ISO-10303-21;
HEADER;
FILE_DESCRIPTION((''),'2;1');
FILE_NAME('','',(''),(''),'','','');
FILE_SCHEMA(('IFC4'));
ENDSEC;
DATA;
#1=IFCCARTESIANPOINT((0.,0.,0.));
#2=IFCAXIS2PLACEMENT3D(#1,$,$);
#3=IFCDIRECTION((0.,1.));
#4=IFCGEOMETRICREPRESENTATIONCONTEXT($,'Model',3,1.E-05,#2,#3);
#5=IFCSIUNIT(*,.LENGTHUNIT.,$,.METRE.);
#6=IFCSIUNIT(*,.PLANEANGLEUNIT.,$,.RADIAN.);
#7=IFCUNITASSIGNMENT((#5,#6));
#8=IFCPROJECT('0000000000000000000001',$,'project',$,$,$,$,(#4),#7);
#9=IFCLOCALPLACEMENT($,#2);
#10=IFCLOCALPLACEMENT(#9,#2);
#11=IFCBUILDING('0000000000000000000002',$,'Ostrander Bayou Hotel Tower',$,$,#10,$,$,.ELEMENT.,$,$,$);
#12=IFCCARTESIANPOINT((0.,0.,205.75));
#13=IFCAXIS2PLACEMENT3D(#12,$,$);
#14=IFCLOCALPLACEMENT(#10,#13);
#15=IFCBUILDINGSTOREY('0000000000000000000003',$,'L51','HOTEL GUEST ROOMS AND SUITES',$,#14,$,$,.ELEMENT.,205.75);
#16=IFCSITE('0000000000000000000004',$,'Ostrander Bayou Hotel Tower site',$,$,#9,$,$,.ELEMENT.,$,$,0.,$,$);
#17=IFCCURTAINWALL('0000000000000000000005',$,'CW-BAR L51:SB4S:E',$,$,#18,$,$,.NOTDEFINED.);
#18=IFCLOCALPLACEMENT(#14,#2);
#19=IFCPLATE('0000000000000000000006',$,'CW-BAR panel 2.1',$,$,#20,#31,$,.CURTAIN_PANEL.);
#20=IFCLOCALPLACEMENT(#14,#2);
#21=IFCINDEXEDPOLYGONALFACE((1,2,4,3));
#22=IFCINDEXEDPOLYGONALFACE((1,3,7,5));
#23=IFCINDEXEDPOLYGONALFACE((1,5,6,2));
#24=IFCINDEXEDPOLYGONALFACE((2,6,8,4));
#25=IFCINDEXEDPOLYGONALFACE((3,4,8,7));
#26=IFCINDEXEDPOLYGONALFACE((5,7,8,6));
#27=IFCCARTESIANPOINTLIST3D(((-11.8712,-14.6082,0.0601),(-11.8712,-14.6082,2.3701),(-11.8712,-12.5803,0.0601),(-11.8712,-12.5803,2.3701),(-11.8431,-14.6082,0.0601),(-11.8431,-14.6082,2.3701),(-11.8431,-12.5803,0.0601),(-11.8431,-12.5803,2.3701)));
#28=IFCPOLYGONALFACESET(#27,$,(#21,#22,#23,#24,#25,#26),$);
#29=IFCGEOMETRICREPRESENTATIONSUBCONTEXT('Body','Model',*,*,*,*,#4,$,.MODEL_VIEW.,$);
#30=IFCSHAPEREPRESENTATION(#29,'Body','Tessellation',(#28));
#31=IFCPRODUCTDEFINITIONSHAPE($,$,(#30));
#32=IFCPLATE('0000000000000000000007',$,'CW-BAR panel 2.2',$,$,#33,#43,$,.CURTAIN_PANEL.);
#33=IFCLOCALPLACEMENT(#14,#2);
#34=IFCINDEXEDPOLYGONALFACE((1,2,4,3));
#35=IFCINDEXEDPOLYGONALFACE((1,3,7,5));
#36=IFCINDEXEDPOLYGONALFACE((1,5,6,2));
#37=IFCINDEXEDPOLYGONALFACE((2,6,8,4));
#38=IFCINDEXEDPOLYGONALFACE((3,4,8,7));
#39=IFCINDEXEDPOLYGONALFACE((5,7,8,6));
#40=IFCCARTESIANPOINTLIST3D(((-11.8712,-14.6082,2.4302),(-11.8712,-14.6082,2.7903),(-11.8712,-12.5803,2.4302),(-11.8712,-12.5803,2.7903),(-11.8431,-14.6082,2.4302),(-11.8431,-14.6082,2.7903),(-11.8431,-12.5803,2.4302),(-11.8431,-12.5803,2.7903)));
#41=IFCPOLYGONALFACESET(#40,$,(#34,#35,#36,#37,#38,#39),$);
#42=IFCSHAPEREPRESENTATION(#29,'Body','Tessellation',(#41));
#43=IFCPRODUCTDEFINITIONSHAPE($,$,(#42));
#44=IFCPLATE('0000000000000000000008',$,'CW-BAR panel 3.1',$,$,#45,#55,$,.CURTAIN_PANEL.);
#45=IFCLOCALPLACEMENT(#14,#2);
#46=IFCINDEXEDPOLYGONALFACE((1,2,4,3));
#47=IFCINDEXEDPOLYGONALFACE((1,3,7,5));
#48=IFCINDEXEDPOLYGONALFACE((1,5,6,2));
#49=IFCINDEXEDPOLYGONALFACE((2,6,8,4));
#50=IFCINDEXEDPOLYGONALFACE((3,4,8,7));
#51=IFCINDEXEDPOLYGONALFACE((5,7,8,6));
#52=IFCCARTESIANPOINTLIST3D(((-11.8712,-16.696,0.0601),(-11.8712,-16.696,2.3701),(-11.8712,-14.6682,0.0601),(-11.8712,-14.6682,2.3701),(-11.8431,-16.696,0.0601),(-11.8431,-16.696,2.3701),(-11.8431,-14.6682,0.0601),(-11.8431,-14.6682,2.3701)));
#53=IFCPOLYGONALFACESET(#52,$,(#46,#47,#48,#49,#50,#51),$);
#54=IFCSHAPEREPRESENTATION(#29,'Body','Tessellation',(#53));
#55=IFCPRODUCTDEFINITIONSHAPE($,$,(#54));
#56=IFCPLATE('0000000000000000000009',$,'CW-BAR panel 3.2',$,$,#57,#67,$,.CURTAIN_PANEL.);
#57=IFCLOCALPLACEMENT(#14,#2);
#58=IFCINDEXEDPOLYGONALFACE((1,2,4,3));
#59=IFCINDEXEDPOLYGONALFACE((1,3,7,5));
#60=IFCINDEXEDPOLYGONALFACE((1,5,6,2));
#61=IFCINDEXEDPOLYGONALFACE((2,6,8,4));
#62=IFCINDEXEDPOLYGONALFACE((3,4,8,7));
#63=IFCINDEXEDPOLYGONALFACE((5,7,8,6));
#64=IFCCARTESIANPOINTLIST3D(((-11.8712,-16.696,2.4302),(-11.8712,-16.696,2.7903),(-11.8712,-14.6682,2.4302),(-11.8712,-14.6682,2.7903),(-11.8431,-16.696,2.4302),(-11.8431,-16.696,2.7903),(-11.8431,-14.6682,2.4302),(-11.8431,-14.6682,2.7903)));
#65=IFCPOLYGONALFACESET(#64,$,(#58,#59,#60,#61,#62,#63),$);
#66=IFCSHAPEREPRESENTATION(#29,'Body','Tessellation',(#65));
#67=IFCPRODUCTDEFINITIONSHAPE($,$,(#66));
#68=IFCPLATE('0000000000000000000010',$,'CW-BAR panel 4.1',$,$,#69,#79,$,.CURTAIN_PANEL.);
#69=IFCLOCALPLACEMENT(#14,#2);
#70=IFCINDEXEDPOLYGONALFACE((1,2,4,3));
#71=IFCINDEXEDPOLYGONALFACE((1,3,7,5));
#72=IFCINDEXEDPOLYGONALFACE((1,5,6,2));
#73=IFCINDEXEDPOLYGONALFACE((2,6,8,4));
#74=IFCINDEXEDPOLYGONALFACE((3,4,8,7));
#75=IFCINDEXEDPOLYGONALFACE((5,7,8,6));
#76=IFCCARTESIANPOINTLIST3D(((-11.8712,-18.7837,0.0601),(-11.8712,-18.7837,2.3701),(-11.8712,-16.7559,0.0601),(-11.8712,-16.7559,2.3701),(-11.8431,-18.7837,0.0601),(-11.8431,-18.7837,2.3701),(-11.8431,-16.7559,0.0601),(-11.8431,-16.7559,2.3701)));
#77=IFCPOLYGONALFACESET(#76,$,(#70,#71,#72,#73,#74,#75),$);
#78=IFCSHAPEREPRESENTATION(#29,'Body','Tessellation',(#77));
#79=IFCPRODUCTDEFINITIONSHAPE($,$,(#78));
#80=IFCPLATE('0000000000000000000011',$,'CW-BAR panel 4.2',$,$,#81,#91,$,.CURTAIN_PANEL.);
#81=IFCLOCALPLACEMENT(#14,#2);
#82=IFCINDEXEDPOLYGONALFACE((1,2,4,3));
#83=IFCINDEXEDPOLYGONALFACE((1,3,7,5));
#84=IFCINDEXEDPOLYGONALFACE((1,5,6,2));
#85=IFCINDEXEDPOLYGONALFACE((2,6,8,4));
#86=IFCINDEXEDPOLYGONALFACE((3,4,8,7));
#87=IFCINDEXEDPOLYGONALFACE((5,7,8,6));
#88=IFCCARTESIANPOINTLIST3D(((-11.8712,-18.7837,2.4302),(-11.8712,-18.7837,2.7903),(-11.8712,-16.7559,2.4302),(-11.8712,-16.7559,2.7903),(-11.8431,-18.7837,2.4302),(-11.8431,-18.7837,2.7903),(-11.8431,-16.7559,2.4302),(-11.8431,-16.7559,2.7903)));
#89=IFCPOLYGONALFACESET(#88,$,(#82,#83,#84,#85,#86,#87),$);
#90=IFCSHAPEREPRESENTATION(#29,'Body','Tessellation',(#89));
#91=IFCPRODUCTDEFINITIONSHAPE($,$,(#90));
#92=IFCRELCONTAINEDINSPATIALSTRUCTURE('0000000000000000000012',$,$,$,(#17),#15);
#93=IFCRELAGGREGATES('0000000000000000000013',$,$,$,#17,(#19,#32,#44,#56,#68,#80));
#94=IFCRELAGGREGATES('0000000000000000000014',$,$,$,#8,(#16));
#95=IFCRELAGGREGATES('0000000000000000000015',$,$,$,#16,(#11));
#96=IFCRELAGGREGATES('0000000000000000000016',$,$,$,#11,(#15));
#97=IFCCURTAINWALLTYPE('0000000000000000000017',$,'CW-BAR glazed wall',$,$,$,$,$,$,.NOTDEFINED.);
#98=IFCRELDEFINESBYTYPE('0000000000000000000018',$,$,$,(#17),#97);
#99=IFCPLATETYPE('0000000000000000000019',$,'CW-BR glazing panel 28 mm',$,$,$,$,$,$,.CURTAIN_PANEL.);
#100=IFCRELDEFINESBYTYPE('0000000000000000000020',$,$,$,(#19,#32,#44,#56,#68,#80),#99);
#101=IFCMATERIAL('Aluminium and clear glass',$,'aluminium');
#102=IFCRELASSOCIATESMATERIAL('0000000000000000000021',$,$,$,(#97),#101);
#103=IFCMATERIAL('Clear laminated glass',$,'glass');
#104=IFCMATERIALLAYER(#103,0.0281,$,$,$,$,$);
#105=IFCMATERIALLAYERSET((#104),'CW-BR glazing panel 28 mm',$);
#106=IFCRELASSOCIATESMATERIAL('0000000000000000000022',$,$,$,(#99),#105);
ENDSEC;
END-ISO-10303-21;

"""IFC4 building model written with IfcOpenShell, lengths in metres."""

from ifc_helpers import new_model, si_unit, direction, frame, origin, origin_2d, place, context, subcontext, project, spatial, rectangle, extrude, material, layer, layer_set, type_object, element, aggregate, save


model = new_model("IFC4")

# Units and contexts
model_context = context("Model", 3, precision=1e-05, world=origin(), true_north=direction((0.0, 1.0)))
body_context = subcontext(model_context, "Body", "Model", "MODEL_VIEW")
ifc_project = project(units=[si_unit("LENGTHUNIT", "METRE"), si_unit("PLANEANGLEUNIT", "RADIAN")], contexts=[model_context])

# Site, building, storey
site_placement = place(None, origin())
site = spatial("IfcSite", under=ifc_project, at=site_placement, Name="Ostrander Bayou Hotel Tower site", CompositionType="ELEMENT", RefElevation=0.0)
building_placement = place(site_placement, origin())
building = spatial("IfcBuilding", under=site, at=building_placement, Name="Ostrander Bayou Hotel Tower", CompositionType="ELEMENT")
storey_placement = place(building_placement, frame((0.0, 0.0, 205.75)))
storey = spatial("IfcBuildingStorey", under=building, at=storey_placement, Name="L51", Description="HOTEL GUEST ROOMS AND SUITES", CompositionType="ELEMENT", Elevation=205.75)

# Curtain wall
ifc_material_1 = material(Name="Aluminium and clear glass", Category="aluminium")
curtain_wall_type = type_object("IfcCurtainWallType", Name="CW-BAR glazed wall", PredefinedType="NOTDEFINED", material=ifc_material_1)
curtain_wall_placement = place(storey_placement, origin())
curtain_wall = element("IfcCurtainWall", 1, at=curtain_wall_placement, inside=storey, type_object=curtain_wall_type, Name="CW-BAR L51:SB4S:E", PredefinedType="NOTDEFINED")

# Plates
ifc_material_2 = material(Name="Clear laminated glass", Category="glass")
ifc_layer = layer(ifc_material_2, 0.0281)
ifc_layer_set = layer_set([ifc_layer], Name="CW-BR glazing panel 28 mm")
plate_type = type_object("IfcPlateType", Name="CW-BR glazing panel 28 mm", PredefinedType="CURTAIN_PANEL", material=ifc_layer_set)
plate_1_placement = place(storey_placement, frame((-11.8572, -13.5942, 0.0601), z_axis=(0.0, 0.0, 1.0), x_axis=(0.0, -1.0, 0.0)))
plate_1 = element("IfcPlate", 2, at=plate_1_placement, type_object=plate_type, Name="CW-BAR panel 2.1", PredefinedType="CURTAIN_PANEL", context=body_context, shape_type="SweptSolid", body=[
    extrude(rectangle(XDim=2.0278, YDim=0.0281, at=origin_2d()), origin(), (0.0, 0.0, 1.0), 2.3101),
])
plate_2_placement = place(storey_placement, frame((-11.8572, -13.5942, 2.4302), z_axis=(0.0, 0.0, 1.0), x_axis=(0.0, -1.0, 0.0)))
plate_2 = element("IfcPlate", 3, at=plate_2_placement, type_object=plate_type, Name="CW-BAR panel 2.2", PredefinedType="CURTAIN_PANEL", context=body_context, shape_type="SweptSolid", body=[
    extrude(rectangle(XDim=2.0278, YDim=0.0281, at=origin_2d()), origin(), (0.0, 0.0, 1.0), 0.3601),
])
plate_3_placement = place(storey_placement, frame((-11.8572, -15.6821, 0.0601), z_axis=(0.0, 0.0, 1.0), x_axis=(0.0, -1.0, 0.0)))
plate_3 = element("IfcPlate", 4, at=plate_3_placement, type_object=plate_type, Name="CW-BAR panel 3.1", PredefinedType="CURTAIN_PANEL", context=body_context, shape_type="SweptSolid", body=[
    extrude(rectangle(XDim=2.0278, YDim=0.0281, at=origin_2d()), origin(), (0.0, 0.0, 1.0), 2.3101),
])
plate_4_placement = place(storey_placement, frame((-11.8572, -15.6821, 2.4302), z_axis=(0.0, 0.0, 1.0), x_axis=(0.0, -1.0, 0.0)))
plate_4 = element("IfcPlate", 5, at=plate_4_placement, type_object=plate_type, Name="CW-BAR panel 3.2", PredefinedType="CURTAIN_PANEL", context=body_context, shape_type="SweptSolid", body=[
    extrude(rectangle(XDim=2.0278, YDim=0.0281, at=origin_2d()), origin(), (0.0, 0.0, 1.0), 0.3601),
])
plate_5_placement = place(storey_placement, frame((-11.8572, -17.7698, 0.0601), z_axis=(0.0, 0.0, 1.0), x_axis=(0.0, -1.0, 0.0)))
plate_5 = element("IfcPlate", 6, at=plate_5_placement, type_object=plate_type, Name="CW-BAR panel 4.1", PredefinedType="CURTAIN_PANEL", context=body_context, shape_type="SweptSolid", body=[
    extrude(rectangle(XDim=2.0278, YDim=0.0281, at=origin_2d()), origin(), (0.0, 0.0, 1.0), 2.3101),
])
plate_6_placement = place(storey_placement, frame((-11.8572, -17.7698, 2.4302), z_axis=(0.0, 0.0, 1.0), x_axis=(0.0, -1.0, 0.0)))
plate_6 = element("IfcPlate", 7, at=plate_6_placement, type_object=plate_type, Name="CW-BAR panel 4.2", PredefinedType="CURTAIN_PANEL", context=body_context, shape_type="SweptSolid", body=[
    extrude(rectangle(XDim=2.0278, YDim=0.0281, at=origin_2d()), origin(), (0.0, 0.0, 1.0), 0.3601),
])
aggregate(curtain_wall, [plate_1, plate_2, plate_3, plate_4, plate_5, plate_6])

save(model, "model.ifc")
